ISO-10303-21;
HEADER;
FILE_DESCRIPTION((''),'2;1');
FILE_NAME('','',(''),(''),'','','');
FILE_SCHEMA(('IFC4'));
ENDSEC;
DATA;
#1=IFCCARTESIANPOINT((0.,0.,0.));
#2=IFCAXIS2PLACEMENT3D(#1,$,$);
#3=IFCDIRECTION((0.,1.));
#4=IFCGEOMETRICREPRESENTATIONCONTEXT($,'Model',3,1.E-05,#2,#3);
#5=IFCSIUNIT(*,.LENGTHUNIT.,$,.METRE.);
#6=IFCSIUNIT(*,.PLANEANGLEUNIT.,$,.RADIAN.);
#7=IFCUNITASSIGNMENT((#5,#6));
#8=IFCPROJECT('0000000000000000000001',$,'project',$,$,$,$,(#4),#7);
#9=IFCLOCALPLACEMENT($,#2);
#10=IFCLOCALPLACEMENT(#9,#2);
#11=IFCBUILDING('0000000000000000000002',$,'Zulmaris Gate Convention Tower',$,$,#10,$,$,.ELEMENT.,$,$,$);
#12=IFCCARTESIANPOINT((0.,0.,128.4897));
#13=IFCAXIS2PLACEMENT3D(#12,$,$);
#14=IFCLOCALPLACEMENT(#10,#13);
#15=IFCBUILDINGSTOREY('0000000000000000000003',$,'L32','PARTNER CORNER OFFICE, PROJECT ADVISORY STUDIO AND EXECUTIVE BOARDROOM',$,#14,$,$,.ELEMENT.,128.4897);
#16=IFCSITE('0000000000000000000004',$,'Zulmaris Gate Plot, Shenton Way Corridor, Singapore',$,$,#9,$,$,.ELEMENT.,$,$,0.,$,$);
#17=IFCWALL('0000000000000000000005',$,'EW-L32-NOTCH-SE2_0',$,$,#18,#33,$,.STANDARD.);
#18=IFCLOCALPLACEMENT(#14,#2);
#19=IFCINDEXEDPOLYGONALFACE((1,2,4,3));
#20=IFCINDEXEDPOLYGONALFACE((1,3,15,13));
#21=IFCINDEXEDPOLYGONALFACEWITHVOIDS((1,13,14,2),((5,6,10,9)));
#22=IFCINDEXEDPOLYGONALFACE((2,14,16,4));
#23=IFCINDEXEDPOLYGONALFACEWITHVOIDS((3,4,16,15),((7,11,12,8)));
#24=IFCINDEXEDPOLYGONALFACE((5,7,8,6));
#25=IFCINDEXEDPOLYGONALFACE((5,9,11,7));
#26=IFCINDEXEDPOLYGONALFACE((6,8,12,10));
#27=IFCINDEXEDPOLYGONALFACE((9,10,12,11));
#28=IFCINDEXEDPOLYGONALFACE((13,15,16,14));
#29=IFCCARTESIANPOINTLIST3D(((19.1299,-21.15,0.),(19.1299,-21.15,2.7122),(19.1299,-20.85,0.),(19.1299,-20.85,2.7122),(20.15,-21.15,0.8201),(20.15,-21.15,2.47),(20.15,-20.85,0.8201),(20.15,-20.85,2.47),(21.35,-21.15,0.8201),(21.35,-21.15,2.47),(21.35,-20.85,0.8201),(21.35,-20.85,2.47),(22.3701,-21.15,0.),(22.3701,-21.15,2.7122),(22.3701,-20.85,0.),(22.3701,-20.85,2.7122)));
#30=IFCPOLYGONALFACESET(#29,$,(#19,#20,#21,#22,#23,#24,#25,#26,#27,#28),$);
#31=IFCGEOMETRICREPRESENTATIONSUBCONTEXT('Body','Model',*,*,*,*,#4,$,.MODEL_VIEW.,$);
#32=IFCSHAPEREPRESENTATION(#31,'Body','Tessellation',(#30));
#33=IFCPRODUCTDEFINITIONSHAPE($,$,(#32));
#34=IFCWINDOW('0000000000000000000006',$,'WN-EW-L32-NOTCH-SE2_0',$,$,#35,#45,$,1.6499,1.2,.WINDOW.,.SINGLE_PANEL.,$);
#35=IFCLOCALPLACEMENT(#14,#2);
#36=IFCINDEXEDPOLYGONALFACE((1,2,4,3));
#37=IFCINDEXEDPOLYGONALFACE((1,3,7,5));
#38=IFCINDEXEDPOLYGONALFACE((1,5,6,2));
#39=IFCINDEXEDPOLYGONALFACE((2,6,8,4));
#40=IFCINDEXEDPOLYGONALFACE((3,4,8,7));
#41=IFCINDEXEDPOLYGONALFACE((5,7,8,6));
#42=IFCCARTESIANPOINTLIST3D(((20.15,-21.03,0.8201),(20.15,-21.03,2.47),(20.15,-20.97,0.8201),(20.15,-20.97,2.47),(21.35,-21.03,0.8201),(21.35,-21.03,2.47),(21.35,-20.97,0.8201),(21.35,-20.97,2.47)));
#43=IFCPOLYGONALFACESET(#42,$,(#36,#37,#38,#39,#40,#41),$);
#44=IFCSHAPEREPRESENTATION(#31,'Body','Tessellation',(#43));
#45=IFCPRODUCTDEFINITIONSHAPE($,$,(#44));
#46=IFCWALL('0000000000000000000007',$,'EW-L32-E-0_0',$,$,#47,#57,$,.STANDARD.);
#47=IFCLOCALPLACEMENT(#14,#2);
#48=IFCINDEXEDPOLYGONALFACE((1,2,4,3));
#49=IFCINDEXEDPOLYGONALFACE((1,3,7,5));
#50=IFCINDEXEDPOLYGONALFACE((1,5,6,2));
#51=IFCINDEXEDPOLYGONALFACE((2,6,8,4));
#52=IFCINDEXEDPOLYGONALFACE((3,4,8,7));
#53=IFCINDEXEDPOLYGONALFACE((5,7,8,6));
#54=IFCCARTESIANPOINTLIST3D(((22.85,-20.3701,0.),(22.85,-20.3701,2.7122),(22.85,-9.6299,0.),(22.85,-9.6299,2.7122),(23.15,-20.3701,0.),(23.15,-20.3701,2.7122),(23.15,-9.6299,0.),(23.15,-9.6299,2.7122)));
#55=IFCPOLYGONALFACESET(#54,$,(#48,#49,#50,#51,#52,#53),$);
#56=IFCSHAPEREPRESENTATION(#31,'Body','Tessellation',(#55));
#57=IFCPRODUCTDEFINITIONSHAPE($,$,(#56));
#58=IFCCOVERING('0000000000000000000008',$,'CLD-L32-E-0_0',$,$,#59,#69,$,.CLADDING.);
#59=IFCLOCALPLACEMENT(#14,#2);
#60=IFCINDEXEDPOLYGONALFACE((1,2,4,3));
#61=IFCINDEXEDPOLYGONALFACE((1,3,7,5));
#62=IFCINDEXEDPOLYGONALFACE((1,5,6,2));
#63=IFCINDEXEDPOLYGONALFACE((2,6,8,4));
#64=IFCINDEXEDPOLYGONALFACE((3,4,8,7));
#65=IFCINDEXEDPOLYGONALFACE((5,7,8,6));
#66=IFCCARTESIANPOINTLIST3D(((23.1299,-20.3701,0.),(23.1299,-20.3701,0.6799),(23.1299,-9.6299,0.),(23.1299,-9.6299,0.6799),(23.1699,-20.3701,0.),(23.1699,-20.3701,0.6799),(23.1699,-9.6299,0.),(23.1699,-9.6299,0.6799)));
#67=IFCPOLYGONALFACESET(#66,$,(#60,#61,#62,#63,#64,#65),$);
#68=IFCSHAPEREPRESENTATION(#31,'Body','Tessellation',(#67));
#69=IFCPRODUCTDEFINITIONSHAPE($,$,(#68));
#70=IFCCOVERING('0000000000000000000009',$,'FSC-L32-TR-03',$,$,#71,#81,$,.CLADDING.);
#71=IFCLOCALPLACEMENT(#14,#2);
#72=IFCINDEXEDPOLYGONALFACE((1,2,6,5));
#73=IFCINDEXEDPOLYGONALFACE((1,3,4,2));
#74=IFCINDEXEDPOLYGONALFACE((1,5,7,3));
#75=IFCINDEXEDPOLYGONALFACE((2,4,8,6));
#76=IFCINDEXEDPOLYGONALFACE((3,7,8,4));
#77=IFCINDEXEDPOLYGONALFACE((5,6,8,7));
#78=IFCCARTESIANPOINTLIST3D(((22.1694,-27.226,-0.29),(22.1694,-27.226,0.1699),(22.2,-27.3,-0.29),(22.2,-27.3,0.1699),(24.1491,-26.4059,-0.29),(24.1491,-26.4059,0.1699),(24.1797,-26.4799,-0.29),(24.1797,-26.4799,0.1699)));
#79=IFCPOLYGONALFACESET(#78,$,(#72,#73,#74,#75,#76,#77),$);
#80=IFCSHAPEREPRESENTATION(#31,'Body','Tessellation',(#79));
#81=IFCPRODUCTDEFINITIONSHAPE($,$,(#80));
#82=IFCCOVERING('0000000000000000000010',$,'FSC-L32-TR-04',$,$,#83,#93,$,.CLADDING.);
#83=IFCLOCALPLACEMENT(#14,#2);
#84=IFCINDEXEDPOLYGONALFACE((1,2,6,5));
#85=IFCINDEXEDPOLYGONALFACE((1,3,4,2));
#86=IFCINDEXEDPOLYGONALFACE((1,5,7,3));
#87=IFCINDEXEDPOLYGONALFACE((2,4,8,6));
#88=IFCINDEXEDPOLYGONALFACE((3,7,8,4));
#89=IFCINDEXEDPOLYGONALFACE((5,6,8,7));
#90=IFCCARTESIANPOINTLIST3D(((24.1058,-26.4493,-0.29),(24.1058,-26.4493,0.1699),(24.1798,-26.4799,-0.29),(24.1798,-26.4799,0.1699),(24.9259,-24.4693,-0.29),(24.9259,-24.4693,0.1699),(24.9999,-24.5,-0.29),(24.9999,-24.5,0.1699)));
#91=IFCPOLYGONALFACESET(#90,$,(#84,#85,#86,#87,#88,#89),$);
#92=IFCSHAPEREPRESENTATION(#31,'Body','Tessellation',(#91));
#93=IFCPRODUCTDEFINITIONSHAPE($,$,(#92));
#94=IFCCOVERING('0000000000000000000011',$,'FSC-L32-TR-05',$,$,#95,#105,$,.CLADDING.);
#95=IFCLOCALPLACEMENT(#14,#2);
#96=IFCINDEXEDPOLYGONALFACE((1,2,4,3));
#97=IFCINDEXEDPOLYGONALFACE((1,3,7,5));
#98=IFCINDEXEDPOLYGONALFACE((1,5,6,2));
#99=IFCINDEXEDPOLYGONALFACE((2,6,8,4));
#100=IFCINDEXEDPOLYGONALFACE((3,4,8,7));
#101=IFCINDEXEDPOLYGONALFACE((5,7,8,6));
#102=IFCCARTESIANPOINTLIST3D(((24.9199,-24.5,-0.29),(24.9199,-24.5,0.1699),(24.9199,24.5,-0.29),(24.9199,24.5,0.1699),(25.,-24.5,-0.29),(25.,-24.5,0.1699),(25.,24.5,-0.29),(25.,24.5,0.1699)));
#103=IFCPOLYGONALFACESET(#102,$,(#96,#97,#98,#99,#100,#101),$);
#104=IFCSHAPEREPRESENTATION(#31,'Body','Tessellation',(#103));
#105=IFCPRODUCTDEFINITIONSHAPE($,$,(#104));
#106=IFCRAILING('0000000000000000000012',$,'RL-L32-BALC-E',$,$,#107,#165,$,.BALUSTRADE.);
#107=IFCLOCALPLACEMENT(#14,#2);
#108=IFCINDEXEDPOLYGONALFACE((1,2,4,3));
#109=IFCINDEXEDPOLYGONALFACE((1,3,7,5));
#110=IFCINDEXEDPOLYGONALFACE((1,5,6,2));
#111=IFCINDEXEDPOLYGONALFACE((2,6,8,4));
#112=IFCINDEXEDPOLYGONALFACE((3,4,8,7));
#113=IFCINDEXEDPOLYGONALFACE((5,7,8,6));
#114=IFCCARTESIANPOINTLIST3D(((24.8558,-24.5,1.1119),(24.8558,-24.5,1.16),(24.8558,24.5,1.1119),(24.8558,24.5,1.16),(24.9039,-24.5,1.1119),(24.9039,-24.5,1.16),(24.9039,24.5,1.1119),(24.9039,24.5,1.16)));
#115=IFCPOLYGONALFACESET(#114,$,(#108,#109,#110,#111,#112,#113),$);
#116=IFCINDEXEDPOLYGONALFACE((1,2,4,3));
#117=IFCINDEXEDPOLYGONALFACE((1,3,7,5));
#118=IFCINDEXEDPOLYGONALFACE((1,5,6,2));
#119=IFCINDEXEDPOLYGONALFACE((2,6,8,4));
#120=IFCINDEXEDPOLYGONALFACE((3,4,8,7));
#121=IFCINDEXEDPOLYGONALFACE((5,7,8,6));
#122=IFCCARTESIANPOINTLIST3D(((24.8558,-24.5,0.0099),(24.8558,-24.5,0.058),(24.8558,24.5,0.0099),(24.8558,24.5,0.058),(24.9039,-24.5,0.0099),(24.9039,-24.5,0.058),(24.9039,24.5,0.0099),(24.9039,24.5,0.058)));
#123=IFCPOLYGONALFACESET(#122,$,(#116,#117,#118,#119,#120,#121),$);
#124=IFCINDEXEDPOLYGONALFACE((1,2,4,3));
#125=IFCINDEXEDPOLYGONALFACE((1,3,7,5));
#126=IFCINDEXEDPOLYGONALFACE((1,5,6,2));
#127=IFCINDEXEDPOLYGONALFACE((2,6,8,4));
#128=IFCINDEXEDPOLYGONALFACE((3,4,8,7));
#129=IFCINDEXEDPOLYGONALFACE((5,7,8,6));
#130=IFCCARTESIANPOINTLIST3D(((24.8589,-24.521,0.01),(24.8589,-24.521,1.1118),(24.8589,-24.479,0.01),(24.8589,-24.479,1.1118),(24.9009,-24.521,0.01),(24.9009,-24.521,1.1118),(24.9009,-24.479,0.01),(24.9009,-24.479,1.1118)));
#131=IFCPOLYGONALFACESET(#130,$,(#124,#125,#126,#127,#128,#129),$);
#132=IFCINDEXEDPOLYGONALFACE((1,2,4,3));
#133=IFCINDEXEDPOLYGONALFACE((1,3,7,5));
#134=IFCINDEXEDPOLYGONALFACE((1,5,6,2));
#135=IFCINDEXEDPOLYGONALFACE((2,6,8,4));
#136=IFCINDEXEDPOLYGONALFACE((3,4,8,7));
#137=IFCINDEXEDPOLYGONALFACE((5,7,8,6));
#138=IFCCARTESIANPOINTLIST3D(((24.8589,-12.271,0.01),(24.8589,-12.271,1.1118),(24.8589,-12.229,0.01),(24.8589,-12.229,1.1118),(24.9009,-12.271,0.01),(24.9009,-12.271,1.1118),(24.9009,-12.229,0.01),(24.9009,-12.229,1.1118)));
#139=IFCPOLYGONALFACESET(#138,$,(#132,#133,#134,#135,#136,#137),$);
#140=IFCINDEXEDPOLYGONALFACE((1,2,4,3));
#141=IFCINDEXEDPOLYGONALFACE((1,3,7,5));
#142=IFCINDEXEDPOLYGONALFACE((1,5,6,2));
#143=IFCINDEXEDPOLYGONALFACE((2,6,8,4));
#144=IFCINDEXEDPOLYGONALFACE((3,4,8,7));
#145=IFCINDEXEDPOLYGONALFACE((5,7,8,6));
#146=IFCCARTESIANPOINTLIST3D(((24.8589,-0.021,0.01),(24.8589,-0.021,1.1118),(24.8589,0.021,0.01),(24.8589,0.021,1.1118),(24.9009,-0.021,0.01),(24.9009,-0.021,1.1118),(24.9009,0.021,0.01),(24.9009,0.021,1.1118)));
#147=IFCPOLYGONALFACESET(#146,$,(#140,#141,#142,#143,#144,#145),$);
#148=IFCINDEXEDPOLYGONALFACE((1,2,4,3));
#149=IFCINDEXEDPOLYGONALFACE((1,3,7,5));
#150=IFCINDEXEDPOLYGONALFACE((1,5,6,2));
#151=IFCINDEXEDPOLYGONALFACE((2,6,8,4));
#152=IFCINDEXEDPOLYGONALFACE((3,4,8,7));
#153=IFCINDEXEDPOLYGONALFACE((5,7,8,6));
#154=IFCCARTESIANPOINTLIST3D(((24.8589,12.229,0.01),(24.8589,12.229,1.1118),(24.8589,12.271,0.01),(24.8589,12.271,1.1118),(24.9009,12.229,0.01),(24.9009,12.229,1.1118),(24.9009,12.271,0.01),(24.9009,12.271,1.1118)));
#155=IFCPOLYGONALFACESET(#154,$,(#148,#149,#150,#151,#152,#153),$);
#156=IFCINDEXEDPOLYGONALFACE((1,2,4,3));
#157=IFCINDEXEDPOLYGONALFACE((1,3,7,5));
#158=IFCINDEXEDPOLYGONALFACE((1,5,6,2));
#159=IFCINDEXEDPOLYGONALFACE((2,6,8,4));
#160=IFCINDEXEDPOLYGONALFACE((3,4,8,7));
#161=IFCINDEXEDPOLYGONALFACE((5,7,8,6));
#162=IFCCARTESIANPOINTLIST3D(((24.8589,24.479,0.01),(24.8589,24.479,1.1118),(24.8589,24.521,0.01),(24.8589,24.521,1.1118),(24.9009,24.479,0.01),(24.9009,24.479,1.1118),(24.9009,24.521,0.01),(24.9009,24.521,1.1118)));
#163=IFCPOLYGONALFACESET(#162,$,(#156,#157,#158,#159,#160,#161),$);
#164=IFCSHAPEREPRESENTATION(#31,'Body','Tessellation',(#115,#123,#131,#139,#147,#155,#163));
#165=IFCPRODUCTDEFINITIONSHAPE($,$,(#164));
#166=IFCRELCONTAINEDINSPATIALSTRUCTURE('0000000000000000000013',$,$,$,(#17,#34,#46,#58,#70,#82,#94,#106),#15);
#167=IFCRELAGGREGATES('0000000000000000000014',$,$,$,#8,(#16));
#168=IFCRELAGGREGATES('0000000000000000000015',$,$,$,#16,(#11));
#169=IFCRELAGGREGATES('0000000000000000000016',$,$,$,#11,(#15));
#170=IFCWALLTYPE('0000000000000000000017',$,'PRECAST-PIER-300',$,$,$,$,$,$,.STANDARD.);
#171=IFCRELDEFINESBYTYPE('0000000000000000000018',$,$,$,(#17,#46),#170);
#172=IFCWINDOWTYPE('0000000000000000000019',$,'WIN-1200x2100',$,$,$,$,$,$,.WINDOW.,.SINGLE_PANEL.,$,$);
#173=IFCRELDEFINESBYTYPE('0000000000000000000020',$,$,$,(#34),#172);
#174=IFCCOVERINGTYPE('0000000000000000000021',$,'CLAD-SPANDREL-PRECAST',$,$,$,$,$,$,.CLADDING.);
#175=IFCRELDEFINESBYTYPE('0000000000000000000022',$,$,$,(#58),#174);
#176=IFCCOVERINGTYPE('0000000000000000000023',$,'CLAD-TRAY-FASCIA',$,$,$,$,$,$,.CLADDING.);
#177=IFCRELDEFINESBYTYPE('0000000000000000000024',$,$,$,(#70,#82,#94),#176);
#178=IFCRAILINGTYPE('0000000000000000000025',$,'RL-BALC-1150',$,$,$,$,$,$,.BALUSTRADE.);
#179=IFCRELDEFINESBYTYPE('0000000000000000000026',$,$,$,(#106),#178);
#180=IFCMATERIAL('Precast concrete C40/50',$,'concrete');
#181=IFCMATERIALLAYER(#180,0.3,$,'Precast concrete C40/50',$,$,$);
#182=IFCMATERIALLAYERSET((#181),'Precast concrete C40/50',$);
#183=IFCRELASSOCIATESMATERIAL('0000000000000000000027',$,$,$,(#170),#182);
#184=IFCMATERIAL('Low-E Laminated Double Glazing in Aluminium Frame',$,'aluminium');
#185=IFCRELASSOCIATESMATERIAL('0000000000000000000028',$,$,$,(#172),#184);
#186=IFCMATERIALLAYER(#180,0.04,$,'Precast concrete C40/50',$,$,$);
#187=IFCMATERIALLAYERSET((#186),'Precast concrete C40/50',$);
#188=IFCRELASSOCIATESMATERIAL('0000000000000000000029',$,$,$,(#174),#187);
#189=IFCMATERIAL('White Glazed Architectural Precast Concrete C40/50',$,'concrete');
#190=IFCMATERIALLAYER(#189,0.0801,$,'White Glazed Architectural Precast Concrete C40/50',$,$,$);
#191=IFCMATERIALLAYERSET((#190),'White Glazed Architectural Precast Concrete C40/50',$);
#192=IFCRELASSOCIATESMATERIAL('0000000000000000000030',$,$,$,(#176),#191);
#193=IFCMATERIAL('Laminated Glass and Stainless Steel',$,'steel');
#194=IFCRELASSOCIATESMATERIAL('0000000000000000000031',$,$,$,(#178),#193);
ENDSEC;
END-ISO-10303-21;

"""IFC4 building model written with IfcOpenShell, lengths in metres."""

from ifc_helpers import new_model, si_unit, direction, frame, frame_2d, origin, origin_2d, place, context, subcontext, project, spatial, rectangle, extrude, material, layer, layer_set, type_object, element, fill, save


model = new_model("IFC4")

# Units and contexts
model_context = context("Model", 3, precision=1e-05, world=origin(), true_north=direction((0.0, 1.0)))
body_context = subcontext(model_context, "Body", "Model", "MODEL_VIEW")
ifc_project = project(units=[si_unit("LENGTHUNIT", "METRE"), si_unit("PLANEANGLEUNIT", "RADIAN")], contexts=[model_context])

# Site, building, storey
site_placement = place(None, origin())
site = spatial("IfcSite", under=ifc_project, at=site_placement, Name="Zulmaris Gate Plot, Shenton Way Corridor, Singapore", CompositionType="ELEMENT", RefElevation=0.0)
building_placement = place(site_placement, origin())
building = spatial("IfcBuilding", under=site, at=building_placement, Name="Zulmaris Gate Convention Tower", CompositionType="ELEMENT")
storey_placement = place(building_placement, frame((0.0, 0.0, 128.4897)))
storey = spatial("IfcBuildingStorey", under=building, at=storey_placement, Name="L32", Description="PARTNER CORNER OFFICE, PROJECT ADVISORY STUDIO AND EXECUTIVE BOARDROOM", CompositionType="ELEMENT", Elevation=128.4897)

# Wall, opening, window
ifc_material_1 = material(Name="Precast concrete C40/50", Category="concrete")
ifc_layer_1 = layer(ifc_material_1, 0.3, Name="Precast concrete C40/50")
ifc_layer_set_1 = layer_set([ifc_layer_1], Name="Precast concrete C40/50")
wall_type_1 = type_object("IfcWallType", Name="PRECAST-PIER-300", PredefinedType="STANDARD", material=ifc_layer_set_1)
ifc_material_2 = material(Name="Low-E Laminated Double Glazing in Aluminium Frame", Category="aluminium")
window_type = type_object("IfcWindowType", Name="WIN-1200x2100", PartitioningType="SINGLE_PANEL", PredefinedType="WINDOW", material=ifc_material_2)
wall_1_placement = place(storey_placement, frame((19.1299, -21.0, 0.0), z_axis=(0.0, 0.0, 1.0), x_axis=(1.0, 0.0, 0.0)))
wall_1 = element("IfcWall", 1, at=wall_1_placement, inside=storey, type_object=wall_type_1, Name="EW-L32-NOTCH-SE2_0", PredefinedType="STANDARD", context=body_context, shape_type="SweptSolid", body=[
    extrude(rectangle(XDim=3.2402, YDim=0.3, at=frame_2d((1.6201, 0.0))), origin(), (0.0, 0.0, 1.0), 2.7122),
])
opening_1_placement = place(wall_1_placement, frame((1.02, 0.0, 0.8201)))
opening_1 = element("IfcOpeningElement", 2, at=opening_1_placement, cuts=wall_1, PredefinedType="OPENING", context=body_context, shape_type="SweptSolid", body=[
    extrude(rectangle(XDim=1.2, YDim=1.6499, at=frame_2d((0.6001, 0.825))), frame((0.0, 0.1602, 0.0), z_axis=(0.0, -1.0, 0.0), x_axis=(1.0, 0.0, 0.0)), (0.0, 0.0, 1.0), 0.3201),
])
window_1_placement = place(opening_1_placement, origin())
window_1 = element("IfcWindow", 3, at=window_1_placement, inside=storey, type_object=window_type, Name="WN-EW-L32-NOTCH-SE2_0", OverallHeight=1.6499, OverallWidth=1.2, PartitioningType="SINGLE_PANEL", PredefinedType="WINDOW", context=body_context, shape_type="SweptSolid", body=[
    extrude(rectangle(XDim=1.2, YDim=1.6499, at=frame_2d((0.6001, 0.825))), frame((0.0, 0.03, 0.0), z_axis=(0.0, -1.0, 0.0), x_axis=(1.0, 0.0, 0.0)), (0.0, 0.0, 1.0), 0.0601),
])
fill(opening_1, window_1)

# Wall
wall_2_placement = place(storey_placement, frame((23.0, -20.3701, 0.0), z_axis=(0.0, 0.0, 1.0), x_axis=(0.0, 1.0, 0.0)))
element("IfcWall", 4, at=wall_2_placement, inside=storey, type_object=wall_type_1, Name="EW-L32-E-0_0", PredefinedType="STANDARD", context=body_context, shape_type="SweptSolid", body=[
    extrude(rectangle(XDim=10.7402, YDim=0.3, at=frame_2d((5.3701, 0.0))), origin(), (0.0, 0.0, 1.0), 2.7122),
])

# Coverings
ifc_layer_2 = layer(ifc_material_1, 0.04, Name="Precast concrete C40/50")
ifc_layer_set_2 = layer_set([ifc_layer_2], Name="Precast concrete C40/50")
covering_type_1 = type_object("IfcCoveringType", Name="CLAD-SPANDREL-PRECAST", PredefinedType="CLADDING", material=ifc_layer_set_2)
covering_1_placement = place(storey_placement, frame((23.1499, -20.3701, 0.0), z_axis=(0.0, 0.0, 1.0), x_axis=(0.0, 1.0, 0.0)))
element("IfcCovering", 5, at=covering_1_placement, inside=storey, type_object=covering_type_1, Name="CLD-L32-E-0_0", PredefinedType="CLADDING", context=body_context, shape_type="SweptSolid", body=[
    extrude(rectangle(XDim=10.7402, YDim=0.04, at=frame_2d((5.3701, 0.0))), origin(), (0.0, 0.0, 1.0), 0.6799),
])
ifc_material_3 = material(Name="White Glazed Architectural Precast Concrete C40/50", Category="concrete")
ifc_layer_3 = layer(ifc_material_3, 0.0801, Name="White Glazed Architectural Precast Concrete C40/50")
ifc_layer_set_3 = layer_set([ifc_layer_3], Name="White Glazed Architectural Precast Concrete C40/50")
covering_type_2 = type_object("IfcCoveringType", Name="CLAD-TRAY-FASCIA", PredefinedType="CLADDING", material=ifc_layer_set_3)
covering_2_placement = place(storey_placement, frame((22.1848, -27.2629, -0.29), z_axis=(0.0, 0.0, 1.0), x_axis=(0.923874, 0.382697, 0.0)))
element("IfcCovering", 6, at=covering_2_placement, inside=storey, type_object=covering_type_2, Name="FSC-L32-TR-03", PredefinedType="CLADDING", context=body_context, shape_type="SweptSolid", body=[
    extrude(rectangle(XDim=2.1428, YDim=0.0801, at=frame_2d((1.0713, 0.0))), origin(), (0.0, 0.0, 1.0), 0.46),
])
covering_3_placement = place(storey_placement, frame((24.1428, -26.4646, -0.29), z_axis=(0.0, 0.0, 1.0), x_axis=(0.382657, 0.92389, 0.0)))
element("IfcCovering", 7, at=covering_3_placement, inside=storey, type_object=covering_type_2, Name="FSC-L32-TR-04", PredefinedType="CLADDING", context=body_context, shape_type="SweptSolid", body=[
    extrude(rectangle(XDim=2.1431, YDim=0.0801, at=frame_2d((1.0715, 0.0))), origin(), (0.0, 0.0, 1.0), 0.46),
])
covering_4_placement = place(storey_placement, frame((24.96, -24.5, -0.29), z_axis=(0.0, 0.0, 1.0), x_axis=(0.0, 1.0, 0.0)))
element("IfcCovering", 8, at=covering_4_placement, inside=storey, type_object=covering_type_2, Name="FSC-L32-TR-05", PredefinedType="CLADDING", context=body_context, shape_type="SweptSolid", body=[
    extrude(rectangle(XDim=49.0, YDim=0.0801, at=frame_2d((24.5, 0.0))), origin(), (0.0, 0.0, 1.0), 0.46),
])

# Railing
ifc_material_4 = material(Name="Laminated Glass and Stainless Steel", Category="steel")
railing_type = type_object("IfcRailingType", Name="RL-BALC-1150", PredefinedType="BALUSTRADE", material=ifc_material_4)
railing_placement = place(storey_placement, frame((24.8799, -24.5, 0.01)))
element("IfcRailing", 9, at=railing_placement, inside=storey, type_object=railing_type, Name="RL-L32-BALC-E", PredefinedType="BALUSTRADE", context=body_context, shape_type="SweptSolid", body=[
    extrude(rectangle(XDim=0.0481, YDim=0.0481, at=origin_2d()), frame((0.0, 0.0, 1.126), z_axis=(0.0, 1.0, 0.0), x_axis=(-1.0, 0.0, 0.0)), (0.0, 0.0, 1.0), 49.0),
    extrude(rectangle(XDim=0.0481, YDim=0.0481, at=origin_2d()), frame((0.0, 0.0, 0.0239), z_axis=(0.0, 1.0, 0.0), x_axis=(-1.0, 0.0, 0.0)), (0.0, 0.0, 1.0), 49.0),
    extrude(rectangle(XDim=0.042, YDim=0.042, at=origin_2d()), origin(), (0.0, 0.0, 1.0), 1.1018),
    extrude(rectangle(XDim=0.042, YDim=0.042, at=origin_2d()), frame((0.0, 12.25, 0.0)), (0.0, 0.0, 1.0), 1.1018),
    extrude(rectangle(XDim=0.042, YDim=0.042, at=origin_2d()), frame((0.0, 24.5, 0.0)), (0.0, 0.0, 1.0), 1.1018),
    extrude(rectangle(XDim=0.042, YDim=0.042, at=origin_2d()), frame((0.0, 36.75, 0.0)), (0.0, 0.0, 1.0), 1.1018),
    extrude(rectangle(XDim=0.042, YDim=0.042, at=origin_2d()), frame((0.0, 49.0, 0.0)), (0.0, 0.0, 1.0), 1.1018),
])

save(model, "model.ifc")
